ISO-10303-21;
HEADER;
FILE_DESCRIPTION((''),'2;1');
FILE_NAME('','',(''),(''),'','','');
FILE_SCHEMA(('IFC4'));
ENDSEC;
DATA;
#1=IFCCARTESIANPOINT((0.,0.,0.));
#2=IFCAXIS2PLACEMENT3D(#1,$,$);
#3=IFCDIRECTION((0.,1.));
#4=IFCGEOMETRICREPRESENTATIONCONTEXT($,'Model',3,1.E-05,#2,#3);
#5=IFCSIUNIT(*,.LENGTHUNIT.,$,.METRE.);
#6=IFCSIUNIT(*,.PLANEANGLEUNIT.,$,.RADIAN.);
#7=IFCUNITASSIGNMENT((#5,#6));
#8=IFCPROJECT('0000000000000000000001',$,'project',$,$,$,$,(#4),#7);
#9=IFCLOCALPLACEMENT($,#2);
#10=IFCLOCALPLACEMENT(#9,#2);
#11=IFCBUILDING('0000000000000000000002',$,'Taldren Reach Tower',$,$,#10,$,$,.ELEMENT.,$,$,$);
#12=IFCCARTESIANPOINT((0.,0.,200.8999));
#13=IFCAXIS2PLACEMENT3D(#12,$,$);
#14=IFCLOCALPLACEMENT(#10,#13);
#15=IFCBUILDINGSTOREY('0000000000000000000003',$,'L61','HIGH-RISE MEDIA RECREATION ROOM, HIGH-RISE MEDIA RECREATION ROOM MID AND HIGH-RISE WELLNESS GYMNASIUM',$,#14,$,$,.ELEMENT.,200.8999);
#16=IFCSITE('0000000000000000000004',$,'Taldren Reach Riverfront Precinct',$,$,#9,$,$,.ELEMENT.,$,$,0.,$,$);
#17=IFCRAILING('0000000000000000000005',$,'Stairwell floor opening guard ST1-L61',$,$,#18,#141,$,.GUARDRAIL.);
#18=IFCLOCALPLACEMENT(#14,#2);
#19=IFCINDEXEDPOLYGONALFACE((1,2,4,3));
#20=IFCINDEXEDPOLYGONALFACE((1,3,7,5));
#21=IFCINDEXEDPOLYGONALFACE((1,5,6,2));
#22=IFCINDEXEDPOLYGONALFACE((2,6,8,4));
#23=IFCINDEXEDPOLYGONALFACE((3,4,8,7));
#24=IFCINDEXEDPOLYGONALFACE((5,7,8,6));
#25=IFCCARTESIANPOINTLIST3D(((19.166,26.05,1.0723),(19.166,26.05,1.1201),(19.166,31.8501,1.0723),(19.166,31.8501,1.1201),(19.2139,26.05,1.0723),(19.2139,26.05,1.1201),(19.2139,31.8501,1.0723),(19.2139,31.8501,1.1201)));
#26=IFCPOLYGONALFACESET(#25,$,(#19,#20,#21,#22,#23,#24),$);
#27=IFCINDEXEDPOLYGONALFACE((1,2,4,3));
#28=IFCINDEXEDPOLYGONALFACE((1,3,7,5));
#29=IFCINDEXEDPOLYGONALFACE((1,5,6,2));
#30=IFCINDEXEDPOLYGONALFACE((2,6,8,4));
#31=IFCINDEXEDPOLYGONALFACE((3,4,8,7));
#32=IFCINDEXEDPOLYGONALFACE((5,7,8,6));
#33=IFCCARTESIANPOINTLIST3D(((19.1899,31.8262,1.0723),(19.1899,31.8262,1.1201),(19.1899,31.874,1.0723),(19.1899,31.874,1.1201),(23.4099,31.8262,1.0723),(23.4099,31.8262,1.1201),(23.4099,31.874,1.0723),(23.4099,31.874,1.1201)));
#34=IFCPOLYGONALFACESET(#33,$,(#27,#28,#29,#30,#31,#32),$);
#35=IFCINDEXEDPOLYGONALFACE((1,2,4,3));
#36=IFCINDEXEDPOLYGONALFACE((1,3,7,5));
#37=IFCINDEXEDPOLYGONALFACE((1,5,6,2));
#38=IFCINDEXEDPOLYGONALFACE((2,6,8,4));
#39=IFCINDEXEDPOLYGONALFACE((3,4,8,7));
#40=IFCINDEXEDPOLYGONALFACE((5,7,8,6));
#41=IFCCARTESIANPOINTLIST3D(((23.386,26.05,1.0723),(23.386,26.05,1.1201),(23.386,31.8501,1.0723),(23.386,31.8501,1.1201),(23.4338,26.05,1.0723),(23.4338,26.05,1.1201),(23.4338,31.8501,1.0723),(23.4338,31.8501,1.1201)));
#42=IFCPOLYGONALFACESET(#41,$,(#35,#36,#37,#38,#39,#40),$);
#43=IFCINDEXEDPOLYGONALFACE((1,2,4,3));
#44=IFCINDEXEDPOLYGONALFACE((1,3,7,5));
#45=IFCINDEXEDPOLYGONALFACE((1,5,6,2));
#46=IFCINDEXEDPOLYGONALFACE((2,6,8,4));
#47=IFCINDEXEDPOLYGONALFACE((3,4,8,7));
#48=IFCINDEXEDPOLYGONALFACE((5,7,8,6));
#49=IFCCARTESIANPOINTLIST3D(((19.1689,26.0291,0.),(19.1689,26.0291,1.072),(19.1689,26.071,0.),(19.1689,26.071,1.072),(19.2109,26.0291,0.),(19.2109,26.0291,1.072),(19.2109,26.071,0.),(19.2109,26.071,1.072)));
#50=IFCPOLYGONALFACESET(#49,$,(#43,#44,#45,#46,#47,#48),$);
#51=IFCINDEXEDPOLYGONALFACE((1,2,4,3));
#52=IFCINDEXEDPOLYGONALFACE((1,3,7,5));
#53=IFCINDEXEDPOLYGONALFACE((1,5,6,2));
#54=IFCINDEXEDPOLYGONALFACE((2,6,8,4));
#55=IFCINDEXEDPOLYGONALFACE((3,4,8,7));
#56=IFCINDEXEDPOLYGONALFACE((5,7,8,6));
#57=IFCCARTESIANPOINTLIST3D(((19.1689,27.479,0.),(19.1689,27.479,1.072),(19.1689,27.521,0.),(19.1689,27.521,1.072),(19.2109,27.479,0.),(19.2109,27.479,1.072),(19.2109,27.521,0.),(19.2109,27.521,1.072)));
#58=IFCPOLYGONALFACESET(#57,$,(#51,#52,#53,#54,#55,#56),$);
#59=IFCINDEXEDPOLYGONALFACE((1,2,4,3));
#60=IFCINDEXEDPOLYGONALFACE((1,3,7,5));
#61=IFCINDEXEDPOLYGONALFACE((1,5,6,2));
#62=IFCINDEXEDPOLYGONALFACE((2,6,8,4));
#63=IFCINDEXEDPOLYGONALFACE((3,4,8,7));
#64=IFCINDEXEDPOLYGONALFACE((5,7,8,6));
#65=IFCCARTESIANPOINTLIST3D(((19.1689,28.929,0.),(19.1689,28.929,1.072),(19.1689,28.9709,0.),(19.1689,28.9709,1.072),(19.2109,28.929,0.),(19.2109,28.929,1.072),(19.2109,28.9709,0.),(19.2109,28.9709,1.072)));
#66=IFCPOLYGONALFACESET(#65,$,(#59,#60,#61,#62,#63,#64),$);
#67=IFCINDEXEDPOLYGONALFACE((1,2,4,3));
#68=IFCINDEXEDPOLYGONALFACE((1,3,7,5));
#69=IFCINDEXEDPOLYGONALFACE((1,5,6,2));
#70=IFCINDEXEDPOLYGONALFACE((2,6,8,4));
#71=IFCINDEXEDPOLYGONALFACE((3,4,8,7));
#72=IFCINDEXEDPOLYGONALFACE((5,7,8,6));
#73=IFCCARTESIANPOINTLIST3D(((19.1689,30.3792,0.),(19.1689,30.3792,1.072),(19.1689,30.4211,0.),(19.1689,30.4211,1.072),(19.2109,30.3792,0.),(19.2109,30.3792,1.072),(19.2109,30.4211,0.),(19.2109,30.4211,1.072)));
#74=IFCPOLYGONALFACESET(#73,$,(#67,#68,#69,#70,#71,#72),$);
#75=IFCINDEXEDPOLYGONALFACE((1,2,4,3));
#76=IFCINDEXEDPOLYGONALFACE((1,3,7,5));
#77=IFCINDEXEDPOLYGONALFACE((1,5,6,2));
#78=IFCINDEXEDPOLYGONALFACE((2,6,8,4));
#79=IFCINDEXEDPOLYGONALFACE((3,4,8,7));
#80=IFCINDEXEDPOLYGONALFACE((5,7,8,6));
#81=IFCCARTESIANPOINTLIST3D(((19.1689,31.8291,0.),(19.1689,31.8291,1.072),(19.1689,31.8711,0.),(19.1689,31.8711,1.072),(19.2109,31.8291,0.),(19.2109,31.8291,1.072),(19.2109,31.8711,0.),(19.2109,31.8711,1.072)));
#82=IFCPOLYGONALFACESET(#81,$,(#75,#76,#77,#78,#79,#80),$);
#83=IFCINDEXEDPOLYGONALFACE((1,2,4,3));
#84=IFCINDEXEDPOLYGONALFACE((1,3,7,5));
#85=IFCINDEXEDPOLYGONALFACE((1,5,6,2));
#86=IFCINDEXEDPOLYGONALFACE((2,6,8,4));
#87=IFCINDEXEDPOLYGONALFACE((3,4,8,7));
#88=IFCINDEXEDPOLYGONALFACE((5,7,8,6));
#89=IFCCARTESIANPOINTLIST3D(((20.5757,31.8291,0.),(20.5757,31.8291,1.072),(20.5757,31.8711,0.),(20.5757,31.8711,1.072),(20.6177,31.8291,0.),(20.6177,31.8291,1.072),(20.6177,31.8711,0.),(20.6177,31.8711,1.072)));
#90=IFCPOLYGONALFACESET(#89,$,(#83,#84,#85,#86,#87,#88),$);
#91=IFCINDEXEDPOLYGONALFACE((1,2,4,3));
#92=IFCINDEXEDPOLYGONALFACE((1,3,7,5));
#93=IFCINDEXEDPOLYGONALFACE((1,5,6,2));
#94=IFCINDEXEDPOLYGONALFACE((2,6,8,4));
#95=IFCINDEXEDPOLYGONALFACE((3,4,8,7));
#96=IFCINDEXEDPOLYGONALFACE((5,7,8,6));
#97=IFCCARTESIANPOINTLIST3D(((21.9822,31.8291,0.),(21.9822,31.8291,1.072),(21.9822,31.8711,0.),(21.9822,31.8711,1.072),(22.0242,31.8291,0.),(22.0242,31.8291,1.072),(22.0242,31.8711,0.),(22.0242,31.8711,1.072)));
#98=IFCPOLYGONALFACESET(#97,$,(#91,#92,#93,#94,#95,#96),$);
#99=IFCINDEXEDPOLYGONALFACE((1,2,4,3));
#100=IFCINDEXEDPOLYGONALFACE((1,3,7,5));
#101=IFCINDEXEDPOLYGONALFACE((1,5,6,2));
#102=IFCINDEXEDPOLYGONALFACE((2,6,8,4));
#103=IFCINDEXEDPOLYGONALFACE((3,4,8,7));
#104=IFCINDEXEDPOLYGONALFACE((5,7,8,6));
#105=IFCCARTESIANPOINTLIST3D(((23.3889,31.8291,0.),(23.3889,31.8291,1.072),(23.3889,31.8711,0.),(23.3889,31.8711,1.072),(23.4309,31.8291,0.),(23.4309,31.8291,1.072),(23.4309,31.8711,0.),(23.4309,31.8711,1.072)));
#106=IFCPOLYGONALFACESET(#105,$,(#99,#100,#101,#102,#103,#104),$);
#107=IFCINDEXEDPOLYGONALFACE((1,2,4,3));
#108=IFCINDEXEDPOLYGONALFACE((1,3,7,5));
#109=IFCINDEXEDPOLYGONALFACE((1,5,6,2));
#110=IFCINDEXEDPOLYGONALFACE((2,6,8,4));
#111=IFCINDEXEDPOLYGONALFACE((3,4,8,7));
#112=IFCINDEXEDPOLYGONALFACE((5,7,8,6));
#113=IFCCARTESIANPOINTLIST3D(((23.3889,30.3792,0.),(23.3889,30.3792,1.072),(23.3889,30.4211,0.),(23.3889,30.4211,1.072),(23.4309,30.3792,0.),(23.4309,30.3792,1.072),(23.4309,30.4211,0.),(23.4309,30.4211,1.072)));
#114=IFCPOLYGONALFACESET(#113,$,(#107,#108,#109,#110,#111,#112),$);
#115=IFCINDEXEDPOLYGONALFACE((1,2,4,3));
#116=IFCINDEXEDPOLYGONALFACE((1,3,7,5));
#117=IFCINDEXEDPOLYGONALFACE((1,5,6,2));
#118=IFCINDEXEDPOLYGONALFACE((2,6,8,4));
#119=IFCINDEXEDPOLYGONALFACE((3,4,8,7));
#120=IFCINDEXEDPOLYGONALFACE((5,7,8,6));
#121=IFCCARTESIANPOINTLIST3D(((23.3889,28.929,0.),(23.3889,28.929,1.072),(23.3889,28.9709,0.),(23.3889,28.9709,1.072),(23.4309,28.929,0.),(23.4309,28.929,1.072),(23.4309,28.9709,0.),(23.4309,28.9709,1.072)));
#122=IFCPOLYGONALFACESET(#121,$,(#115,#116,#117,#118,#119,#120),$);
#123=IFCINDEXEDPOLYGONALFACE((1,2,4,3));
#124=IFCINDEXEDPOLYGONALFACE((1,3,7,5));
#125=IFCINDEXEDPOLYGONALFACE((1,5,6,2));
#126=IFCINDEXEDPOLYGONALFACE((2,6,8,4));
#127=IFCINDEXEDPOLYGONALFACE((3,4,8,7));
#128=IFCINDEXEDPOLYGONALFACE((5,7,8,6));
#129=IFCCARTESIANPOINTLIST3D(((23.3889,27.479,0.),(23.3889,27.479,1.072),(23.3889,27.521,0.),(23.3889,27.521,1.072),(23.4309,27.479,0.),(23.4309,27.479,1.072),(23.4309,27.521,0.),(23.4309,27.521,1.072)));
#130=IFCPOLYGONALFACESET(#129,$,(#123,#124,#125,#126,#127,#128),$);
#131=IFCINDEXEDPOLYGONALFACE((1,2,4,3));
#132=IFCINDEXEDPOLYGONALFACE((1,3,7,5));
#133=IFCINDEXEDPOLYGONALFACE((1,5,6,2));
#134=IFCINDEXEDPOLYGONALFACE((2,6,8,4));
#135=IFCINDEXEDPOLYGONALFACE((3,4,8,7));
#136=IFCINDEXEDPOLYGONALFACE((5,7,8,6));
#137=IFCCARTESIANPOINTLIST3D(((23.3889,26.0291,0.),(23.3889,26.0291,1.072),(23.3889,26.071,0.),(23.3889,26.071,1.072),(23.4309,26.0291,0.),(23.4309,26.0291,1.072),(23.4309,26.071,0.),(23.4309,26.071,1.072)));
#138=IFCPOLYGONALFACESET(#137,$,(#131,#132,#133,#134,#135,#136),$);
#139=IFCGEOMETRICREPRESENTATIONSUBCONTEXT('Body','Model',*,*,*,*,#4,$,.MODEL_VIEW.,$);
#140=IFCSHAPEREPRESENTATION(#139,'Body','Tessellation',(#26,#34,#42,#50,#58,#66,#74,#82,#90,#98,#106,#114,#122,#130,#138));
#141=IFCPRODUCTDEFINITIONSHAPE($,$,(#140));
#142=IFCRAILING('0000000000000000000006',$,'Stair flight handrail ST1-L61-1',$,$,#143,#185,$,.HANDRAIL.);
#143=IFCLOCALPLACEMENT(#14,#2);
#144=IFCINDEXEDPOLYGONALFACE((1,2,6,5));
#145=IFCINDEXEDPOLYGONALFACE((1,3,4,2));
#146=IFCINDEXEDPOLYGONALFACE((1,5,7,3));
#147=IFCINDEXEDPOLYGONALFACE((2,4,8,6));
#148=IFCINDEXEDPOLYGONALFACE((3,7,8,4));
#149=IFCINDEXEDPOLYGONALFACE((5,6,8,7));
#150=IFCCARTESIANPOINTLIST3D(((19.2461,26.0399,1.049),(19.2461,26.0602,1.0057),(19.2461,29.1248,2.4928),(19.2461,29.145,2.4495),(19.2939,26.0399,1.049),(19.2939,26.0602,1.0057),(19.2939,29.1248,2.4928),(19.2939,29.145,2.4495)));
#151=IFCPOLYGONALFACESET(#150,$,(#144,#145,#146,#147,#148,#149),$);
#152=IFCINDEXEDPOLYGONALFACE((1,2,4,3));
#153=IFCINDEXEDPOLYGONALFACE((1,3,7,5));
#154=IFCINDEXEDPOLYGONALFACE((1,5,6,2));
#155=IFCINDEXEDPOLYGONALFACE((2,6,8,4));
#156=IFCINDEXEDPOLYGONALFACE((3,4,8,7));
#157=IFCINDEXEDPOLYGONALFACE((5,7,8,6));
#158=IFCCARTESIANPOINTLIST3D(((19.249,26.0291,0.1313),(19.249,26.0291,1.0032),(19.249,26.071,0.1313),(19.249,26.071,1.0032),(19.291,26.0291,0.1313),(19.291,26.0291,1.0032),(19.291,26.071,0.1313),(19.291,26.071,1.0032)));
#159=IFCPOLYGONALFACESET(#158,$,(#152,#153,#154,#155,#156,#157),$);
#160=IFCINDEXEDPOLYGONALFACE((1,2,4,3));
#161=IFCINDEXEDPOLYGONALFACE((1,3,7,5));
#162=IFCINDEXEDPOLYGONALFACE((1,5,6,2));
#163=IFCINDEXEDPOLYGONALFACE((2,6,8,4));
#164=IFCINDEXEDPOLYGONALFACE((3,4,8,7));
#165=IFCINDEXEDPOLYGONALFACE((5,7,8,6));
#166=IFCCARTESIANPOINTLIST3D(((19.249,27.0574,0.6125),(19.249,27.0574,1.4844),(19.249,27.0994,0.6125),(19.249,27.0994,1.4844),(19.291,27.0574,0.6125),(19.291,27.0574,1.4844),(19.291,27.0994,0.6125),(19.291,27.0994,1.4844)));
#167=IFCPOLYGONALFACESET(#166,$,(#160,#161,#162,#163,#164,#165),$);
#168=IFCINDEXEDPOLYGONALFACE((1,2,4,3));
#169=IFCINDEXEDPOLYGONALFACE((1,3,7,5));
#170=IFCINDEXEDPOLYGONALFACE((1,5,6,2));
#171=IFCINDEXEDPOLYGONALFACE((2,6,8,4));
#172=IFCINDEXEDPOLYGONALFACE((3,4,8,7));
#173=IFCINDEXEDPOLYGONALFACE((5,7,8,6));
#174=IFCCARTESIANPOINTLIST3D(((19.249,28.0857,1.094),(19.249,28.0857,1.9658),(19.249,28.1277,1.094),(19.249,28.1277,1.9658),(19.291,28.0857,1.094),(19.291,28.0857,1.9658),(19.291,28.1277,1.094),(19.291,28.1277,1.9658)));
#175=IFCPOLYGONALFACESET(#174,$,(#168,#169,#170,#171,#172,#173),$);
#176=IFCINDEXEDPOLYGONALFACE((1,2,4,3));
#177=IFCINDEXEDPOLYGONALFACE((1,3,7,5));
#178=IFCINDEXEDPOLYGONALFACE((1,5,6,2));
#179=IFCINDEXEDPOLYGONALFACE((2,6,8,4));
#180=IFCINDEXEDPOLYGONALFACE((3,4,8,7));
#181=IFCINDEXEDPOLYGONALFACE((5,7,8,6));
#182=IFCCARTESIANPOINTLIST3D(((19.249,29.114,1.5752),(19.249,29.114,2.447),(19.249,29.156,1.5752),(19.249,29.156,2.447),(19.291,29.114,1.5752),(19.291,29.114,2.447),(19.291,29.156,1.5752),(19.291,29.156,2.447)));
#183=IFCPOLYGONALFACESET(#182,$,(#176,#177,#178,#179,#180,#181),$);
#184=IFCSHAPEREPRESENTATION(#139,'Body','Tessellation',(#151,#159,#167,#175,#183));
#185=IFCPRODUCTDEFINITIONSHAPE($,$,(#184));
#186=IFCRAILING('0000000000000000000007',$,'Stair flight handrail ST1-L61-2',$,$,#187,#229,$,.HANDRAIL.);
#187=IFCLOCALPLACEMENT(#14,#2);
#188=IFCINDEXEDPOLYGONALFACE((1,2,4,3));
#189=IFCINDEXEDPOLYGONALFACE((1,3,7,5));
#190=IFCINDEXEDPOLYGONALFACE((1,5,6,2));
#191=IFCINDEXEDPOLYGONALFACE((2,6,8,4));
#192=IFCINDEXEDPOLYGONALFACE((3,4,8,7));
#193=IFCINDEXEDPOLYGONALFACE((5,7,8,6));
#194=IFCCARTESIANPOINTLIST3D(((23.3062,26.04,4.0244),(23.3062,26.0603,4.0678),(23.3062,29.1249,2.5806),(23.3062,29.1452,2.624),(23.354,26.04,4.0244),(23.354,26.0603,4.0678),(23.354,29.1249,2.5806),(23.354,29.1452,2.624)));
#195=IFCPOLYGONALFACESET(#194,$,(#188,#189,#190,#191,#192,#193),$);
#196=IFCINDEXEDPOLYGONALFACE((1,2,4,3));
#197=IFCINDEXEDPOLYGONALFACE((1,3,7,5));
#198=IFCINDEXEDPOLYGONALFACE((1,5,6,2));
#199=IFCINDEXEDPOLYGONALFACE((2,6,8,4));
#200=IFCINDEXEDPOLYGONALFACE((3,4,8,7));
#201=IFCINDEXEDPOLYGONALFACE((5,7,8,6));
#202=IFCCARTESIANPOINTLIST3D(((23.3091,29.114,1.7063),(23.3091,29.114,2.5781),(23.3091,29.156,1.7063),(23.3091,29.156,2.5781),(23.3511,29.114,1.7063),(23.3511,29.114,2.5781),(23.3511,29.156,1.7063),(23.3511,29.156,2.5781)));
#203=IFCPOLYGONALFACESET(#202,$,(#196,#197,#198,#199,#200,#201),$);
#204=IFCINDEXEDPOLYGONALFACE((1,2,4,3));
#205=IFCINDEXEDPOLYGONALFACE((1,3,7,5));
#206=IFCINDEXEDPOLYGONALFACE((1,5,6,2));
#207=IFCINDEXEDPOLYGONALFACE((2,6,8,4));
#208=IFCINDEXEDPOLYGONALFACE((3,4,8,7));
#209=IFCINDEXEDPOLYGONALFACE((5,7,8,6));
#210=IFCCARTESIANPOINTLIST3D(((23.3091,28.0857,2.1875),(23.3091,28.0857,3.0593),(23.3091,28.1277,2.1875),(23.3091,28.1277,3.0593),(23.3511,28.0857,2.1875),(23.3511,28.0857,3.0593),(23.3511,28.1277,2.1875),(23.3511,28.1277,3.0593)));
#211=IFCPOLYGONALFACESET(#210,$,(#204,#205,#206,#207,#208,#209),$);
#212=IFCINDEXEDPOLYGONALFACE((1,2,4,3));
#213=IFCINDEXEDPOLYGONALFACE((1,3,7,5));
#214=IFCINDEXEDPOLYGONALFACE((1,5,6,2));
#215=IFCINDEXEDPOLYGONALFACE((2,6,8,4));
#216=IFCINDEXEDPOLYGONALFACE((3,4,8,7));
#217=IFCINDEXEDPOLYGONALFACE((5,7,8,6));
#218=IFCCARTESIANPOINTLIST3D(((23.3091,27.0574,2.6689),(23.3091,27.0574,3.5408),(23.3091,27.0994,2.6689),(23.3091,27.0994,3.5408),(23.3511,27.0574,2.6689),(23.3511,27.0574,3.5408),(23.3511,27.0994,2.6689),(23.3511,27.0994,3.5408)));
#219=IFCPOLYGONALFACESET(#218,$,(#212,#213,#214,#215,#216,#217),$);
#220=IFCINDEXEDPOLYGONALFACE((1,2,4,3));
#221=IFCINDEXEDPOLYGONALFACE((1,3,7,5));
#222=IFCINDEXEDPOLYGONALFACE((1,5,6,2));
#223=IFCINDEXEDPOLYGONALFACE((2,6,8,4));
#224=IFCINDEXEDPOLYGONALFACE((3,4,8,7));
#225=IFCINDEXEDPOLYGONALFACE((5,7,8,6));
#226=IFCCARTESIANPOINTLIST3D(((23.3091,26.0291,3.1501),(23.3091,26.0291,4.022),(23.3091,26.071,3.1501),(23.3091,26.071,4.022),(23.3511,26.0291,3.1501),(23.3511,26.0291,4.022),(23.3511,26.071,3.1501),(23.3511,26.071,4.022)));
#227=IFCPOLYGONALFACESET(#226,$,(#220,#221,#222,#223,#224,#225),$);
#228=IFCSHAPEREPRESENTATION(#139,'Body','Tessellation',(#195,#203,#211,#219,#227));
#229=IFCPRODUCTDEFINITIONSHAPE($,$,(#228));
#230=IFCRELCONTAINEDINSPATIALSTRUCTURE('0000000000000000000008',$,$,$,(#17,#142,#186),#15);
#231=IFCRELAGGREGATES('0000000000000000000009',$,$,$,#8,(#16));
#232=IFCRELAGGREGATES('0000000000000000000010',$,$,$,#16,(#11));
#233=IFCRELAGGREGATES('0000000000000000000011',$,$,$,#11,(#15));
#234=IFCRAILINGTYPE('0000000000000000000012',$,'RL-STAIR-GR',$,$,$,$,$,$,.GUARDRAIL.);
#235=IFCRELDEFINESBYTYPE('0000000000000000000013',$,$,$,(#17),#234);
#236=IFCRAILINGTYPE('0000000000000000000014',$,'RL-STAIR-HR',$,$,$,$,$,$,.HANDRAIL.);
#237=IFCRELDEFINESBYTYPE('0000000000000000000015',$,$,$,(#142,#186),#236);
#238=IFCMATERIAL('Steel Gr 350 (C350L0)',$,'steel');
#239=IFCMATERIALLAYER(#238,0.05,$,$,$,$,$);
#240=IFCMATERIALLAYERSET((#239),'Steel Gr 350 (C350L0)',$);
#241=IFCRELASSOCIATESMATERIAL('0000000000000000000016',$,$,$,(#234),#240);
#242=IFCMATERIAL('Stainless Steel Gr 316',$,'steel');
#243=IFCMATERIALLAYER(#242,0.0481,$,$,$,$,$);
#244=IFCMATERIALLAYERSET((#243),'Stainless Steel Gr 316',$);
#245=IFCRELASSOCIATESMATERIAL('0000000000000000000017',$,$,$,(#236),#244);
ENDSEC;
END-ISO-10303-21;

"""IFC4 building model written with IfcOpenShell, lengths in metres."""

from ifc_helpers import new_model, si_unit, direction, frame, origin, origin_2d, place, context, subcontext, project, spatial, rectangle, extrude, material, layer, layer_set, type_object, element, save


model = new_model("IFC4")

# Units and contexts
model_context = context("Model", 3, precision=1e-05, world=origin(), true_north=direction((0.0, 1.0)))
body_context = subcontext(model_context, "Body", "Model", "MODEL_VIEW")
ifc_project = project(units=[si_unit("LENGTHUNIT", "METRE"), si_unit("PLANEANGLEUNIT", "RADIAN")], contexts=[model_context])

# Site, building, storey
site_placement = place(None, origin())
site = spatial("IfcSite", under=ifc_project, at=site_placement, Name="Taldren Reach Riverfront Precinct", CompositionType="ELEMENT", RefElevation=0.0)
building_placement = place(site_placement, origin())
building = spatial("IfcBuilding", under=site, at=building_placement, Name="Taldren Reach Tower", CompositionType="ELEMENT")
storey_placement = place(building_placement, frame((0.0, 0.0, 200.8999)))
storey = spatial("IfcBuildingStorey", under=building, at=storey_placement, Name="L61", Description="HIGH-RISE MEDIA RECREATION ROOM, HIGH-RISE MEDIA RECREATION ROOM MID AND HIGH-RISE WELLNESS GYMNASIUM", CompositionType="ELEMENT", Elevation=200.8999)

# Shared definitions
ifc_material_1 = material(Name="Steel Gr 350 (C350L0)", Category="steel")

# Railings
ifc_layer_1 = layer(ifc_material_1, 0.05)
ifc_layer_set_1 = layer_set([ifc_layer_1], Name="Steel Gr 350 (C350L0)")
railing_type_1 = type_object("IfcRailingType", Name="RL-STAIR-GR", PredefinedType="GUARDRAIL", material=ifc_layer_set_1)
railing_1_placement = place(storey_placement, frame((19.1899, 26.05, 0.0)))
element("IfcRailing", 1, at=railing_1_placement, inside=storey, type_object=railing_type_1, Name="Stairwell floor opening guard ST1-L61", PredefinedType="GUARDRAIL", context=body_context, shape_type="SweptSolid", body=[
    extrude(rectangle(XDim=0.0479, YDim=0.0479, at=origin_2d()), frame((0.0, 0.0, 1.0962), z_axis=(0.0, 1.0, 0.0), x_axis=(-1.0, 0.0, 0.0)), (0.0, 0.0, 1.0), 5.8),
    extrude(rectangle(XDim=0.0479, YDim=0.0479, at=origin_2d()), frame((0.0, 5.8, 1.0962), z_axis=(1.0, 0.0, 0.0), x_axis=(0.0, 1.0, 0.0)), (0.0, 0.0, 1.0), 4.22),
    extrude(rectangle(XDim=0.0479, YDim=0.0479, at=origin_2d()), frame((4.22, 5.8, 1.0962), z_axis=(0.0, -1.0, 0.0), x_axis=(1.0, 0.0, 0.0)), (0.0, 0.0, 1.0), 5.8),
    extrude(rectangle(XDim=0.042, YDim=0.042, at=origin_2d()), origin(), (0.0, 0.0, 1.0), 1.072),
    extrude(rectangle(XDim=0.042, YDim=0.042, at=origin_2d()), frame((0.0, 1.45, 0.0)), (0.0, 0.0, 1.0), 1.072),
    extrude(rectangle(XDim=0.042, YDim=0.042, at=origin_2d()), frame((0.0, 2.8999, 0.0)), (0.0, 0.0, 1.0), 1.072),
    extrude(rectangle(XDim=0.042, YDim=0.042, at=origin_2d()), frame((0.0, 4.3501, 0.0)), (0.0, 0.0, 1.0), 1.072),
    extrude(rectangle(XDim=0.042, YDim=0.042, at=origin_2d()), frame((0.0, 5.8, 0.0)), (0.0, 0.0, 1.0), 1.072),
    extrude(rectangle(XDim=0.042, YDim=0.042, at=origin_2d()), frame((1.4067, 5.8, 0.0)), (0.0, 0.0, 1.0), 1.072),
    extrude(rectangle(XDim=0.042, YDim=0.042, at=origin_2d()), frame((2.8132, 5.8, 0.0)), (0.0, 0.0, 1.0), 1.072),
    extrude(rectangle(XDim=0.042, YDim=0.042, at=origin_2d()), frame((4.22, 5.8, 0.0)), (0.0, 0.0, 1.0), 1.072),
    extrude(rectangle(XDim=0.042, YDim=0.042, at=origin_2d()), frame((4.22, 4.3501, 0.0)), (0.0, 0.0, 1.0), 1.072),
    extrude(rectangle(XDim=0.042, YDim=0.042, at=origin_2d()), frame((4.22, 2.8999, 0.0)), (0.0, 0.0, 1.0), 1.072),
    extrude(rectangle(XDim=0.042, YDim=0.042, at=origin_2d()), frame((4.22, 1.45, 0.0)), (0.0, 0.0, 1.0), 1.072),
    extrude(rectangle(XDim=0.042, YDim=0.042, at=origin_2d()), frame((4.22, 0.0, 0.0)), (0.0, 0.0, 1.0), 1.072),
])
ifc_material_2 = material(Name="Stainless Steel Gr 316", Category="steel")
ifc_layer_2 = layer(ifc_material_2, 0.0481)
ifc_layer_set_2 = layer_set([ifc_layer_2], Name="Stainless Steel Gr 316")
railing_type_2 = type_object("IfcRailingType", Name="RL-STAIR-HR", PredefinedType="HANDRAIL", material=ifc_layer_set_2)
railing_2_placement = place(storey_placement, frame((19.27, 26.05, 0.1313)))
element("IfcRailing", 2, at=railing_2_placement, inside=storey, type_object=railing_type_2, Name="Stair flight handrail ST1-L61-1", PredefinedType="HANDRAIL", context=body_context, shape_type="SweptSolid", body=[
    extrude(rectangle(XDim=0.0479, YDim=0.0479, at=origin_2d()), frame((0.0, 0.0, 0.896), z_axis=(0.0, 0.90571, 0.423898), x_axis=(-1.0, 0.0, 0.0)), (0.0, 0.0, 1.0), 3.406),
    extrude(rectangle(XDim=0.042, YDim=0.042, at=origin_2d()), origin(), (0.0, 0.0, 1.0), 0.8718),
    extrude(rectangle(XDim=0.042, YDim=0.042, at=origin_2d()), frame((0.0, 1.0283, 0.4812)), (0.0, 0.0, 1.0), 0.8718),
    extrude(rectangle(XDim=0.042, YDim=0.042, at=origin_2d()), frame((0.0, 2.0566, 0.9626)), (0.0, 0.0, 1.0), 0.8718),
    extrude(rectangle(XDim=0.042, YDim=0.042, at=origin_2d()), frame((0.0, 3.085, 1.4438)), (0.0, 0.0, 1.0), 0.8718),
])
railing_3_placement = place(storey_placement, frame((23.3301, 29.135, 1.7063)))
element("IfcRailing", 3, at=railing_3_placement, inside=storey, type_object=railing_type_2, Name="Stair flight handrail ST1-L61-2", PredefinedType="HANDRAIL", context=body_context, shape_type="SweptSolid", body=[
    extrude(rectangle(XDim=0.0479, YDim=0.0479, at=origin_2d()), frame((0.0, 0.0, 0.896), z_axis=(0.0, -0.90571, 0.423898), x_axis=(1.0, 0.0, 0.0)), (0.0, 0.0, 1.0), 3.406),
    extrude(rectangle(XDim=0.042, YDim=0.042, at=origin_2d()), origin(), (0.0, 0.0, 1.0), 0.8718),
    extrude(rectangle(XDim=0.042, YDim=0.042, at=origin_2d()), frame((0.0, -1.0283, 0.4812)), (0.0, 0.0, 1.0), 0.8718),
    extrude(rectangle(XDim=0.042, YDim=0.042, at=origin_2d()), frame((0.0, -2.0566, 0.9626)), (0.0, 0.0, 1.0), 0.8718),
    extrude(rectangle(XDim=0.042, YDim=0.042, at=origin_2d()), frame((0.0, -3.085, 1.4438)), (0.0, 0.0, 1.0), 0.8718),
])

save(model, "model.ifc")
